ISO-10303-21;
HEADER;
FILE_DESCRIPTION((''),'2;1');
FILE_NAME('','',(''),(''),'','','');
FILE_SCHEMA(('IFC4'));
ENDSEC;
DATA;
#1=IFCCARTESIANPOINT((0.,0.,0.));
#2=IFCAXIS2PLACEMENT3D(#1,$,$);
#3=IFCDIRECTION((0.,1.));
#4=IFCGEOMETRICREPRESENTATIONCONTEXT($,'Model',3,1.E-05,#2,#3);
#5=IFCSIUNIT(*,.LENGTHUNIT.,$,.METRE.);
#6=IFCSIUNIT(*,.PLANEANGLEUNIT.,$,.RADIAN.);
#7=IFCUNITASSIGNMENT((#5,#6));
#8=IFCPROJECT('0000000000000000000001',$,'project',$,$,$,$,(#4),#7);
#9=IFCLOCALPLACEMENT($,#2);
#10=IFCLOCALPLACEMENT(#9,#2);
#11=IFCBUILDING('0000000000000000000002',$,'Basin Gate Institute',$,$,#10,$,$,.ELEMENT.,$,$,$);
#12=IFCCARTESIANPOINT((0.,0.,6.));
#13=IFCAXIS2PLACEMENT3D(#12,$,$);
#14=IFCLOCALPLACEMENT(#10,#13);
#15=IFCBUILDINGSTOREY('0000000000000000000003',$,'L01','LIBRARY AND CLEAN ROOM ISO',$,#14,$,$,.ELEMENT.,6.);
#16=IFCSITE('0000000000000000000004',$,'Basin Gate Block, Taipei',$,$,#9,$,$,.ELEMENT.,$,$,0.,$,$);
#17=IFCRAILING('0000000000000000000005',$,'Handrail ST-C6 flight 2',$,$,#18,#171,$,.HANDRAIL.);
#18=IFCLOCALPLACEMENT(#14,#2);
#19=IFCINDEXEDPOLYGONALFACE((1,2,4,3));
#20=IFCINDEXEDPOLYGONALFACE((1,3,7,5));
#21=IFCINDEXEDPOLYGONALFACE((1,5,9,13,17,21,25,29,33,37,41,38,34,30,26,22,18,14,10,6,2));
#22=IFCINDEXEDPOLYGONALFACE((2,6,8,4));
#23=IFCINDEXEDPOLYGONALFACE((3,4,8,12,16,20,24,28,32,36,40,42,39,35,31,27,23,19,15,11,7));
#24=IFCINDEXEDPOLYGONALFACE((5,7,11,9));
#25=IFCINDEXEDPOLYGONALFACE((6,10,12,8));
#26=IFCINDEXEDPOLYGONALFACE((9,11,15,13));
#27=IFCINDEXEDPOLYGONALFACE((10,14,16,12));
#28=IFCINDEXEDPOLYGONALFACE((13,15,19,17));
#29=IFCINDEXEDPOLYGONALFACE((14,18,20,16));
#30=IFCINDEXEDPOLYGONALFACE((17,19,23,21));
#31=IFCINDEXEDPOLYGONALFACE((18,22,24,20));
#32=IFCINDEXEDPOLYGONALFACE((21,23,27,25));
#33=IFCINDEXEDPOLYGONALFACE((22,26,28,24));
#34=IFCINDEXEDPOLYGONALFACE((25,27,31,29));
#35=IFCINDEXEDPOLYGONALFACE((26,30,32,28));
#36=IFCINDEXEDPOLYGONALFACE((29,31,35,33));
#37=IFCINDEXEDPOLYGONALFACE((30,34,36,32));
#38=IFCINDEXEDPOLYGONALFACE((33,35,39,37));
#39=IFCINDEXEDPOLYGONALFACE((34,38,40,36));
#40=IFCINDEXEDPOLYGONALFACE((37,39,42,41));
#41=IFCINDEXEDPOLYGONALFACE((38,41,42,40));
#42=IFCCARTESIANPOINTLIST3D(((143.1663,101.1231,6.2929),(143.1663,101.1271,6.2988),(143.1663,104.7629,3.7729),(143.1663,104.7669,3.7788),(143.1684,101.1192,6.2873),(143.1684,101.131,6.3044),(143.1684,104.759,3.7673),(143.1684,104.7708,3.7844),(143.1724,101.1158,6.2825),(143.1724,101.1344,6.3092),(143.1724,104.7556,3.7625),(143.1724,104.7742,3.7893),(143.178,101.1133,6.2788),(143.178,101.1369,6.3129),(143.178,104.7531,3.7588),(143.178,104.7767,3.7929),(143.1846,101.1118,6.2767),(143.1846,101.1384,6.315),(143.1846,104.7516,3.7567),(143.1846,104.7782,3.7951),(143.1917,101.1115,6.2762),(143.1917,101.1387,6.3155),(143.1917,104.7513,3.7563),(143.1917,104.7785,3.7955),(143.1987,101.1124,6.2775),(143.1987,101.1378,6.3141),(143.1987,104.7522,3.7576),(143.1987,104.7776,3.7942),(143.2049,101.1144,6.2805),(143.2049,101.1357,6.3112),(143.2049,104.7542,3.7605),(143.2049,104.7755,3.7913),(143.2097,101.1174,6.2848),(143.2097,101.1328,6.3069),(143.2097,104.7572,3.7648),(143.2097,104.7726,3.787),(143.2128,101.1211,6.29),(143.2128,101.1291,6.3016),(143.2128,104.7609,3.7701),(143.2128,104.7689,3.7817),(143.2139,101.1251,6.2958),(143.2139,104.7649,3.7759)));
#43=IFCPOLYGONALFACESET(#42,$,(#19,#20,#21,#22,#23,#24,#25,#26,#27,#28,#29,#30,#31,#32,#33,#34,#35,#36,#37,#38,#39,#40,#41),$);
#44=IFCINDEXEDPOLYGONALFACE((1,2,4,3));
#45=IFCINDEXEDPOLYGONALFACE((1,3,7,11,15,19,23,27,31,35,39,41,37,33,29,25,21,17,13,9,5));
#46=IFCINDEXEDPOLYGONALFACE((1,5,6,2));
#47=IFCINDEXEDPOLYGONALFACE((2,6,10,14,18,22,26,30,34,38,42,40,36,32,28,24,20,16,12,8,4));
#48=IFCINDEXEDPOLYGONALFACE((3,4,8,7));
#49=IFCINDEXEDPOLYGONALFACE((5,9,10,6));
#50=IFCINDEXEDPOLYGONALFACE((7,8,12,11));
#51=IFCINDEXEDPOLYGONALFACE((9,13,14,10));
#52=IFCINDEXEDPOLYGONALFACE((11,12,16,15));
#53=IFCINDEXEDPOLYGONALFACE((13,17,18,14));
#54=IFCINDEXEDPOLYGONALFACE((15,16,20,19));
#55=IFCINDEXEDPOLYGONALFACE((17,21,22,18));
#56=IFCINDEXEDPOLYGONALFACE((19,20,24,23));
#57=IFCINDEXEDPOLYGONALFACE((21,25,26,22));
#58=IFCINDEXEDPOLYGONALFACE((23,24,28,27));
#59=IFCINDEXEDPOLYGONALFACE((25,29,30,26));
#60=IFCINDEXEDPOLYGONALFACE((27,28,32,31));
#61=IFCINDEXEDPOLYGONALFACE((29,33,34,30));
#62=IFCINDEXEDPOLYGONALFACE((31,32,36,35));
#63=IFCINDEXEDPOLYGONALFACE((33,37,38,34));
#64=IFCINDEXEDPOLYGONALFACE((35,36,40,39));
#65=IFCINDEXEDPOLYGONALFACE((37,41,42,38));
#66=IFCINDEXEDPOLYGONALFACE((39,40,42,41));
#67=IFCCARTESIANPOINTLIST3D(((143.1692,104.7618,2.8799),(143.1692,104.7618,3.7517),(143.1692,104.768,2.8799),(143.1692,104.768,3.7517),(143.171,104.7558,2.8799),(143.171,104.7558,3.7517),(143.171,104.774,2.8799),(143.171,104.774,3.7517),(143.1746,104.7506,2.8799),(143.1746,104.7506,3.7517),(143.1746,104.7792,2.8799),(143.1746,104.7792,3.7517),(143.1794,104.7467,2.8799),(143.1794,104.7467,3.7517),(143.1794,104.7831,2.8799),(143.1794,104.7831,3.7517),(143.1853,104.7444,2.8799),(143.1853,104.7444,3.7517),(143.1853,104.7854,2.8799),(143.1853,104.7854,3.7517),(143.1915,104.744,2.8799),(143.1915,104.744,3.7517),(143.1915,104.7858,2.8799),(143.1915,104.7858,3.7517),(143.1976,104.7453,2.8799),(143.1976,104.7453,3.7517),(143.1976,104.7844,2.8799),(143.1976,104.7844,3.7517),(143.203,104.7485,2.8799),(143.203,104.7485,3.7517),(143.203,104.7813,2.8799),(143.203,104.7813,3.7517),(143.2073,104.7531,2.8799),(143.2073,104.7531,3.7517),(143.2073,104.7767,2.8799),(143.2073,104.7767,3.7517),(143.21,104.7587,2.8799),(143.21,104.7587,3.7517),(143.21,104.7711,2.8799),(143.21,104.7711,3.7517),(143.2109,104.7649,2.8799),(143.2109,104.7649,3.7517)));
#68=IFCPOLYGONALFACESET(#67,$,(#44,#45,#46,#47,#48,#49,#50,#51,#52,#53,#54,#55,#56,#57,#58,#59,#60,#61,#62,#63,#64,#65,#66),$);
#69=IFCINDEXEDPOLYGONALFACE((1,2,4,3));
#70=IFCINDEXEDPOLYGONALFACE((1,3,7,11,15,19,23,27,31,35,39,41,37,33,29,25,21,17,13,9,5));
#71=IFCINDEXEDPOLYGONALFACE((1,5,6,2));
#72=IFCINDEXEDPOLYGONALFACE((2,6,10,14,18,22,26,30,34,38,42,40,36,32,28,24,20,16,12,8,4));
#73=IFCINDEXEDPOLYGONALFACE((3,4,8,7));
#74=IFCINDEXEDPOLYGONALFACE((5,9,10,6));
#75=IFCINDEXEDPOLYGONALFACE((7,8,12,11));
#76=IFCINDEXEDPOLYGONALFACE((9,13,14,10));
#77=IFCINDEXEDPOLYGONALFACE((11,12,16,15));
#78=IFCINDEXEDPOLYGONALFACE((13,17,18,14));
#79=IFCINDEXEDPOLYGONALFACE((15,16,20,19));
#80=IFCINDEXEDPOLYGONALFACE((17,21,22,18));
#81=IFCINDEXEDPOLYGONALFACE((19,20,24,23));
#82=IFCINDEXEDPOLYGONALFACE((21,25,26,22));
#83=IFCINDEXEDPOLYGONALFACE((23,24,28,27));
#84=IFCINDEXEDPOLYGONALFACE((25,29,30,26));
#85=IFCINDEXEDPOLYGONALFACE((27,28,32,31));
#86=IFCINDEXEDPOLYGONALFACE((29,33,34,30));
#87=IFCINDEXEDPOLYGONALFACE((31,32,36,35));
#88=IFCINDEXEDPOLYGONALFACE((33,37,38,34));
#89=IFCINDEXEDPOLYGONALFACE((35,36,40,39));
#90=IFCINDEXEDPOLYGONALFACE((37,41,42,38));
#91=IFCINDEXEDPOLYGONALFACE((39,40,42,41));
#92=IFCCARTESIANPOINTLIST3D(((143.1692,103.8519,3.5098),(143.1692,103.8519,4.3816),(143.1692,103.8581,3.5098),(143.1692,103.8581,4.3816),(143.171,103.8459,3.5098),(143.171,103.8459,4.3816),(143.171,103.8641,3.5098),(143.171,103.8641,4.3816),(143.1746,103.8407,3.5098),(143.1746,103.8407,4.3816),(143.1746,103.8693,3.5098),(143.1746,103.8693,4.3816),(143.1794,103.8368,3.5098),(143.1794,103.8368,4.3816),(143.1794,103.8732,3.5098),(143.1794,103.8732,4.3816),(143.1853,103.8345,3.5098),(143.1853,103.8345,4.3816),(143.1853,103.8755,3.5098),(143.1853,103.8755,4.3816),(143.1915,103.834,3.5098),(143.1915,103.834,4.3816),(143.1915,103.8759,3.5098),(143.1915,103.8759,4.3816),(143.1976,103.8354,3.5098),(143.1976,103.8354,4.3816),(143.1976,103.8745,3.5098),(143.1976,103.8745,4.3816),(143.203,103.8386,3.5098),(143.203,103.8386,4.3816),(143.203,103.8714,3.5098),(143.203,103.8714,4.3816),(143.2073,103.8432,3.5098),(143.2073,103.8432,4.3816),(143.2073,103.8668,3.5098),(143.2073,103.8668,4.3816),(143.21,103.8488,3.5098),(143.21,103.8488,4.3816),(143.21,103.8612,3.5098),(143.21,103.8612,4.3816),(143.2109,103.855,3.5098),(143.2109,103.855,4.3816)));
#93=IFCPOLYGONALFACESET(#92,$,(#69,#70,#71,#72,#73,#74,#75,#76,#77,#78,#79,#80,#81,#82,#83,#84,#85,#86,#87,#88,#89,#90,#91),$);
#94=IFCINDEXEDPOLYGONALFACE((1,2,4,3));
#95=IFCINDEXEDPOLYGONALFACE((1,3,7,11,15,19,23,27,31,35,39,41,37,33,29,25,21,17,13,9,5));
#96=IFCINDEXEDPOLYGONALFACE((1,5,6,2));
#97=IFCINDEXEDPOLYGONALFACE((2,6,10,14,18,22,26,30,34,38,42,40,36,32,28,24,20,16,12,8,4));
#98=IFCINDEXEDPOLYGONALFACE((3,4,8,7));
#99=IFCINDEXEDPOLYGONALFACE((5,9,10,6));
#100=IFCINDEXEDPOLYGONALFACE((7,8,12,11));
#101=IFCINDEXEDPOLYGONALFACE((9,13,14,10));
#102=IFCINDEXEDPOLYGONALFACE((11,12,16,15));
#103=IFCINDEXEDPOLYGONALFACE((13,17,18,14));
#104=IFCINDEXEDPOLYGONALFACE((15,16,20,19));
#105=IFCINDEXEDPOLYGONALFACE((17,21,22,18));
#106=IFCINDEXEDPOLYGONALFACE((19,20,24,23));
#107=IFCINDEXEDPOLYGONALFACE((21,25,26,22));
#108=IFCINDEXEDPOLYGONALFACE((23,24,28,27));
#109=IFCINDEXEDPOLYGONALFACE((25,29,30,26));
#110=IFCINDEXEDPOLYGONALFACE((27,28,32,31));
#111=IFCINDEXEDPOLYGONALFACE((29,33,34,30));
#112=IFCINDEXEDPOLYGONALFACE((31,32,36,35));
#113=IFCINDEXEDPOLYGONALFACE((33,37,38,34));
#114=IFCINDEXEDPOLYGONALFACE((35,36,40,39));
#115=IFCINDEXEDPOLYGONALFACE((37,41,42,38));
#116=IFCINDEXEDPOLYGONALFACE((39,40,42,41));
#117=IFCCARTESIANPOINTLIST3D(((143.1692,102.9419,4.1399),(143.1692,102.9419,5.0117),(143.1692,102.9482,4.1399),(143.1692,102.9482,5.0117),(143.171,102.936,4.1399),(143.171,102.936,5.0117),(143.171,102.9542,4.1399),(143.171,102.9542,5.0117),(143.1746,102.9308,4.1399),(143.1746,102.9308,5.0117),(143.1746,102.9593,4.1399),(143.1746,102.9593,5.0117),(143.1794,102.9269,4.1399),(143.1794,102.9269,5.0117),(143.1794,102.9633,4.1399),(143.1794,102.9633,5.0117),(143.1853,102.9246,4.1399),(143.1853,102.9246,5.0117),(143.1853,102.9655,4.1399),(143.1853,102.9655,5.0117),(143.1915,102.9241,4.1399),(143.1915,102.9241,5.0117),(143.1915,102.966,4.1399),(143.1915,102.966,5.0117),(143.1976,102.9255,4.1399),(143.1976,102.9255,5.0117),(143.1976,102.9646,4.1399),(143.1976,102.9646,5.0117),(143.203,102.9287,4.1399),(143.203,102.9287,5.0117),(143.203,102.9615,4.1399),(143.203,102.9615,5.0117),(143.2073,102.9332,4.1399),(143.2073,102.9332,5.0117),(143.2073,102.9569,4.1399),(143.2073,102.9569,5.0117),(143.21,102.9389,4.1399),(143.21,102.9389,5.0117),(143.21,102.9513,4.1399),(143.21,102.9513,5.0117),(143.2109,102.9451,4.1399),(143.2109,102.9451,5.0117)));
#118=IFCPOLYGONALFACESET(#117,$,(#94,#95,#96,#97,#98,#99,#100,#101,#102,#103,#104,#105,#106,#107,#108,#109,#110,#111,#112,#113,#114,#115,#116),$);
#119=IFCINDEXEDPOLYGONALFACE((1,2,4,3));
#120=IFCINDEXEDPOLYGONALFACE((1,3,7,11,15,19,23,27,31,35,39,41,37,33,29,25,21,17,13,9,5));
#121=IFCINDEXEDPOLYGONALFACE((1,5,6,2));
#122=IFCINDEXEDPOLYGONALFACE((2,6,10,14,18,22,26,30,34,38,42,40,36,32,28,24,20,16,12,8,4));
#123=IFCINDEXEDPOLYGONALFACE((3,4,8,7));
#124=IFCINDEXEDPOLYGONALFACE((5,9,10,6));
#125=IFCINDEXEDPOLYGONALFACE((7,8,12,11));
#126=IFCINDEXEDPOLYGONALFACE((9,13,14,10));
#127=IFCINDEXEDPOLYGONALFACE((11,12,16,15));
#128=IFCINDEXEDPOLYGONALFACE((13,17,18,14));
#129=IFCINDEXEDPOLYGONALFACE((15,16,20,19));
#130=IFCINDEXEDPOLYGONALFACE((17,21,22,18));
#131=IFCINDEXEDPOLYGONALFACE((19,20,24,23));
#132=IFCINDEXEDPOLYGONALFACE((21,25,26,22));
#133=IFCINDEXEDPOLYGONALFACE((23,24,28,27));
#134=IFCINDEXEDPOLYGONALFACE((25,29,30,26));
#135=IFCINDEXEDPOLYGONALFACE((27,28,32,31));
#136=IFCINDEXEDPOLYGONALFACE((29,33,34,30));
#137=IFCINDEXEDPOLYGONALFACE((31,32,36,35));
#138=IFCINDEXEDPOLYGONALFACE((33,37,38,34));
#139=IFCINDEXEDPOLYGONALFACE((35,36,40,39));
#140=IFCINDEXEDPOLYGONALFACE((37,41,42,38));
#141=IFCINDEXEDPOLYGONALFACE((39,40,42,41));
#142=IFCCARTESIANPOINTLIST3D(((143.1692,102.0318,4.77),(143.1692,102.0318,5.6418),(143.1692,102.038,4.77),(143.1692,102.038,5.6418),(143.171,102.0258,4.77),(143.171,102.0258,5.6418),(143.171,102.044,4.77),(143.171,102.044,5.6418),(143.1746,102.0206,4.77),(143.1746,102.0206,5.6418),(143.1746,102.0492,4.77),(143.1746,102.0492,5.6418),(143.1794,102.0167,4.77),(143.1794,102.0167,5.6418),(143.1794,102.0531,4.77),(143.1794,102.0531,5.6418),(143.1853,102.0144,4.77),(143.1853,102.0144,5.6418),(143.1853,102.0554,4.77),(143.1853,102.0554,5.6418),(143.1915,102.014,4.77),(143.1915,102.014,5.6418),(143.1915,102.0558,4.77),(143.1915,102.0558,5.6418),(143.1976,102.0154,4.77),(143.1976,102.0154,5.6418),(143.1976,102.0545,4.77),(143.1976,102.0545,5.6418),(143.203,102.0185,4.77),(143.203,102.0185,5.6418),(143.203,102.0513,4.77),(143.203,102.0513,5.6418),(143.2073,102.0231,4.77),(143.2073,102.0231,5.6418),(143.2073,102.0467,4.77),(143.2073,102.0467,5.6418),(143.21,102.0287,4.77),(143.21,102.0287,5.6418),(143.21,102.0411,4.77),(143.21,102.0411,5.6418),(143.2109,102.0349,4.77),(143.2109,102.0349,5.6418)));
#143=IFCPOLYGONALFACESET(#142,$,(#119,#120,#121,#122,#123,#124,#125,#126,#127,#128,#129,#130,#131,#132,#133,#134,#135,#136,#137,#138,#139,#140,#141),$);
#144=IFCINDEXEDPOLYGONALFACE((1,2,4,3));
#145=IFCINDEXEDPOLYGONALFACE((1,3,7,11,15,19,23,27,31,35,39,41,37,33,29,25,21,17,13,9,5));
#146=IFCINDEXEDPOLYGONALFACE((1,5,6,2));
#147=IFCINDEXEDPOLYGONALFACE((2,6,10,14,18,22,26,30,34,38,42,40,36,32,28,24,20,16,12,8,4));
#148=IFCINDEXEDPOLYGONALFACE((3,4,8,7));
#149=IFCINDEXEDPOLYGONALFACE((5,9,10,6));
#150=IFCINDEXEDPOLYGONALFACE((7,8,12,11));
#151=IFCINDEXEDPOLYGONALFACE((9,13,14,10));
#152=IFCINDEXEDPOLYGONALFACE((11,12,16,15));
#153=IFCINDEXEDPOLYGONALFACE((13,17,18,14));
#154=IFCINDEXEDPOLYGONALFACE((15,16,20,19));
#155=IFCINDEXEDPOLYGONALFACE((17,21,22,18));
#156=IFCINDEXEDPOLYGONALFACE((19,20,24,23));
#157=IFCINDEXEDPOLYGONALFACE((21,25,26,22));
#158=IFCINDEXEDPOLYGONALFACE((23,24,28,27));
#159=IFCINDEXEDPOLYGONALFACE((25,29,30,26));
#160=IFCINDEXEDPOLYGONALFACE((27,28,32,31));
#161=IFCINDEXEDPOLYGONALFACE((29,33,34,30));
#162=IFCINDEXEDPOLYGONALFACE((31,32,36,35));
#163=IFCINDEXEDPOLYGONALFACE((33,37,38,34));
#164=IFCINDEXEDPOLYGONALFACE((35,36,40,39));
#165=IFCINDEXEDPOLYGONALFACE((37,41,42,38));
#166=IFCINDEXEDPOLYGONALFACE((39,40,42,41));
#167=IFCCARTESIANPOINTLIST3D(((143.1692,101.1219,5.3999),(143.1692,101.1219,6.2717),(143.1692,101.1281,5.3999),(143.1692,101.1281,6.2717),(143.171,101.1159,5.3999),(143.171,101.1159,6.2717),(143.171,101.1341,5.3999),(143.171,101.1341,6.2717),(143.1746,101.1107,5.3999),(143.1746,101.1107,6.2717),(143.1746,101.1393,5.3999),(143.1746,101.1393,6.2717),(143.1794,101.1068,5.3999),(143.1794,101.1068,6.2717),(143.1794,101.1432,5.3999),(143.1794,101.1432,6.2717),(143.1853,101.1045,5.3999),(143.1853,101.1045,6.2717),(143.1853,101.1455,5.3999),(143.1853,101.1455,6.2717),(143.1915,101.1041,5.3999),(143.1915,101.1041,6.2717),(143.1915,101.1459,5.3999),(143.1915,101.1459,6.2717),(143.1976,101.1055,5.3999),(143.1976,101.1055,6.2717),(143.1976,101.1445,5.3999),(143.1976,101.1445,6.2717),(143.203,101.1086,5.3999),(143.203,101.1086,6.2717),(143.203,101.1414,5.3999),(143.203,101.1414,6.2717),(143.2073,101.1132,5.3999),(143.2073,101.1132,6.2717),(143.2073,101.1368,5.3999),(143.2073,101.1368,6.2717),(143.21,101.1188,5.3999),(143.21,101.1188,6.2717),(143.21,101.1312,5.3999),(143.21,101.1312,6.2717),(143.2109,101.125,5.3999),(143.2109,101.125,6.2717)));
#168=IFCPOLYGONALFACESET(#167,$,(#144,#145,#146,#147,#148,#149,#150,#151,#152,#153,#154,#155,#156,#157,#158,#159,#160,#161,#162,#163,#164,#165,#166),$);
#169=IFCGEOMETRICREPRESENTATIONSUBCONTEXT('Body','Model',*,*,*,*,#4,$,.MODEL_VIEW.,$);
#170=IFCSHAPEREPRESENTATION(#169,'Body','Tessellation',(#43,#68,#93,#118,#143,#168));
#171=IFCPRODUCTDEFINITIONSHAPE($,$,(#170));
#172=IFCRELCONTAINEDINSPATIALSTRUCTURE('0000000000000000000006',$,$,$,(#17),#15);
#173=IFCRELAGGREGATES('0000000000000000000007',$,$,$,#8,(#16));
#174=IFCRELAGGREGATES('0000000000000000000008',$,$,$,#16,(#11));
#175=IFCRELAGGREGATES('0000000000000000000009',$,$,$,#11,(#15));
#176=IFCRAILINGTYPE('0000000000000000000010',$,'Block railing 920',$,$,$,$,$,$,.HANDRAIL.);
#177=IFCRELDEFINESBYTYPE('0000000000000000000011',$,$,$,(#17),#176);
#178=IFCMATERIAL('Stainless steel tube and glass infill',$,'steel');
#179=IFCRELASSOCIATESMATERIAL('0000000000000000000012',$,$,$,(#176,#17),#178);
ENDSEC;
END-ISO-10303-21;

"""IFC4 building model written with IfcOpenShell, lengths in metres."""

from ifc_helpers import new_model, si_unit, direction, frame, origin, origin_2d, place, context, subcontext, project, spatial, circle, extrude, material, type_object, element, save


model = new_model("IFC4")

# Units and contexts
model_context = context("Model", 3, precision=1e-05, world=origin(), true_north=direction((0.0, 1.0)))
body_context = subcontext(model_context, "Body", "Model", "MODEL_VIEW")
ifc_project = project(units=[si_unit("LENGTHUNIT", "METRE"), si_unit("PLANEANGLEUNIT", "RADIAN")], contexts=[model_context])

# Site, building, storey
site_placement = place(None, origin())
site = spatial("IfcSite", under=ifc_project, at=site_placement, Name="Basin Gate Block, Taipei", CompositionType="ELEMENT", RefElevation=0.0)
building_placement = place(site_placement, origin())
building = spatial("IfcBuilding", under=site, at=building_placement, Name="Basin Gate Institute", CompositionType="ELEMENT")
storey_placement = place(building_placement, frame((0.0, 0.0, 6.0)))
storey = spatial("IfcBuildingStorey", under=building, at=storey_placement, Name="L01", Description="LIBRARY AND CLEAN ROOM ISO", CompositionType="ELEMENT", Elevation=6.0)

# Railing
ifc_material_1 = material(Name="Stainless steel tube and glass infill", Category="steel")
railing_type_1 = type_object("IfcRailingType", Name="Block railing 920", PredefinedType="HANDRAIL", material=ifc_material_1)
for number, where, name in (
    (1, (143.1899, 104.7649, 2.8799), "Handrail ST-C6 flight 2"),
):
    element("IfcRailing", number, at=place(storey_placement, frame(where)), inside=storey, type_object=railing_type_1, material=ifc_material_1, Name=name, PredefinedType="HANDRAIL", context=body_context, shape_type="SweptSolid", body=[
        extrude(circle(Radius=0.0239, at=origin_2d()), frame((0.0, 0.0, 0.896), z_axis=(0.0, -0.822182, 0.569224), x_axis=(1.0, 0.0, 0.0)), (0.0, 0.0, 1.0), 4.427),
        extrude(circle(Radius=0.021, at=origin_2d()), origin(), (0.0, 0.0, 1.0), 0.8718),
        extrude(circle(Radius=0.021, at=origin_2d()), frame((0.0, -0.9099, 0.6299)), (0.0, 0.0, 1.0), 0.8718),
        extrude(circle(Radius=0.021, at=origin_2d()), frame((0.0, -1.8198, 1.26)), (0.0, 0.0, 1.0), 0.8718),
        extrude(circle(Radius=0.021, at=origin_2d()), frame((0.0, -2.73, 1.8901)), (0.0, 0.0, 1.0), 0.8718),
        extrude(circle(Radius=0.021, at=origin_2d()), frame((0.0, -3.6399, 2.52)), (0.0, 0.0, 1.0), 0.8718),
    ])

save(model, "model.ifc")
